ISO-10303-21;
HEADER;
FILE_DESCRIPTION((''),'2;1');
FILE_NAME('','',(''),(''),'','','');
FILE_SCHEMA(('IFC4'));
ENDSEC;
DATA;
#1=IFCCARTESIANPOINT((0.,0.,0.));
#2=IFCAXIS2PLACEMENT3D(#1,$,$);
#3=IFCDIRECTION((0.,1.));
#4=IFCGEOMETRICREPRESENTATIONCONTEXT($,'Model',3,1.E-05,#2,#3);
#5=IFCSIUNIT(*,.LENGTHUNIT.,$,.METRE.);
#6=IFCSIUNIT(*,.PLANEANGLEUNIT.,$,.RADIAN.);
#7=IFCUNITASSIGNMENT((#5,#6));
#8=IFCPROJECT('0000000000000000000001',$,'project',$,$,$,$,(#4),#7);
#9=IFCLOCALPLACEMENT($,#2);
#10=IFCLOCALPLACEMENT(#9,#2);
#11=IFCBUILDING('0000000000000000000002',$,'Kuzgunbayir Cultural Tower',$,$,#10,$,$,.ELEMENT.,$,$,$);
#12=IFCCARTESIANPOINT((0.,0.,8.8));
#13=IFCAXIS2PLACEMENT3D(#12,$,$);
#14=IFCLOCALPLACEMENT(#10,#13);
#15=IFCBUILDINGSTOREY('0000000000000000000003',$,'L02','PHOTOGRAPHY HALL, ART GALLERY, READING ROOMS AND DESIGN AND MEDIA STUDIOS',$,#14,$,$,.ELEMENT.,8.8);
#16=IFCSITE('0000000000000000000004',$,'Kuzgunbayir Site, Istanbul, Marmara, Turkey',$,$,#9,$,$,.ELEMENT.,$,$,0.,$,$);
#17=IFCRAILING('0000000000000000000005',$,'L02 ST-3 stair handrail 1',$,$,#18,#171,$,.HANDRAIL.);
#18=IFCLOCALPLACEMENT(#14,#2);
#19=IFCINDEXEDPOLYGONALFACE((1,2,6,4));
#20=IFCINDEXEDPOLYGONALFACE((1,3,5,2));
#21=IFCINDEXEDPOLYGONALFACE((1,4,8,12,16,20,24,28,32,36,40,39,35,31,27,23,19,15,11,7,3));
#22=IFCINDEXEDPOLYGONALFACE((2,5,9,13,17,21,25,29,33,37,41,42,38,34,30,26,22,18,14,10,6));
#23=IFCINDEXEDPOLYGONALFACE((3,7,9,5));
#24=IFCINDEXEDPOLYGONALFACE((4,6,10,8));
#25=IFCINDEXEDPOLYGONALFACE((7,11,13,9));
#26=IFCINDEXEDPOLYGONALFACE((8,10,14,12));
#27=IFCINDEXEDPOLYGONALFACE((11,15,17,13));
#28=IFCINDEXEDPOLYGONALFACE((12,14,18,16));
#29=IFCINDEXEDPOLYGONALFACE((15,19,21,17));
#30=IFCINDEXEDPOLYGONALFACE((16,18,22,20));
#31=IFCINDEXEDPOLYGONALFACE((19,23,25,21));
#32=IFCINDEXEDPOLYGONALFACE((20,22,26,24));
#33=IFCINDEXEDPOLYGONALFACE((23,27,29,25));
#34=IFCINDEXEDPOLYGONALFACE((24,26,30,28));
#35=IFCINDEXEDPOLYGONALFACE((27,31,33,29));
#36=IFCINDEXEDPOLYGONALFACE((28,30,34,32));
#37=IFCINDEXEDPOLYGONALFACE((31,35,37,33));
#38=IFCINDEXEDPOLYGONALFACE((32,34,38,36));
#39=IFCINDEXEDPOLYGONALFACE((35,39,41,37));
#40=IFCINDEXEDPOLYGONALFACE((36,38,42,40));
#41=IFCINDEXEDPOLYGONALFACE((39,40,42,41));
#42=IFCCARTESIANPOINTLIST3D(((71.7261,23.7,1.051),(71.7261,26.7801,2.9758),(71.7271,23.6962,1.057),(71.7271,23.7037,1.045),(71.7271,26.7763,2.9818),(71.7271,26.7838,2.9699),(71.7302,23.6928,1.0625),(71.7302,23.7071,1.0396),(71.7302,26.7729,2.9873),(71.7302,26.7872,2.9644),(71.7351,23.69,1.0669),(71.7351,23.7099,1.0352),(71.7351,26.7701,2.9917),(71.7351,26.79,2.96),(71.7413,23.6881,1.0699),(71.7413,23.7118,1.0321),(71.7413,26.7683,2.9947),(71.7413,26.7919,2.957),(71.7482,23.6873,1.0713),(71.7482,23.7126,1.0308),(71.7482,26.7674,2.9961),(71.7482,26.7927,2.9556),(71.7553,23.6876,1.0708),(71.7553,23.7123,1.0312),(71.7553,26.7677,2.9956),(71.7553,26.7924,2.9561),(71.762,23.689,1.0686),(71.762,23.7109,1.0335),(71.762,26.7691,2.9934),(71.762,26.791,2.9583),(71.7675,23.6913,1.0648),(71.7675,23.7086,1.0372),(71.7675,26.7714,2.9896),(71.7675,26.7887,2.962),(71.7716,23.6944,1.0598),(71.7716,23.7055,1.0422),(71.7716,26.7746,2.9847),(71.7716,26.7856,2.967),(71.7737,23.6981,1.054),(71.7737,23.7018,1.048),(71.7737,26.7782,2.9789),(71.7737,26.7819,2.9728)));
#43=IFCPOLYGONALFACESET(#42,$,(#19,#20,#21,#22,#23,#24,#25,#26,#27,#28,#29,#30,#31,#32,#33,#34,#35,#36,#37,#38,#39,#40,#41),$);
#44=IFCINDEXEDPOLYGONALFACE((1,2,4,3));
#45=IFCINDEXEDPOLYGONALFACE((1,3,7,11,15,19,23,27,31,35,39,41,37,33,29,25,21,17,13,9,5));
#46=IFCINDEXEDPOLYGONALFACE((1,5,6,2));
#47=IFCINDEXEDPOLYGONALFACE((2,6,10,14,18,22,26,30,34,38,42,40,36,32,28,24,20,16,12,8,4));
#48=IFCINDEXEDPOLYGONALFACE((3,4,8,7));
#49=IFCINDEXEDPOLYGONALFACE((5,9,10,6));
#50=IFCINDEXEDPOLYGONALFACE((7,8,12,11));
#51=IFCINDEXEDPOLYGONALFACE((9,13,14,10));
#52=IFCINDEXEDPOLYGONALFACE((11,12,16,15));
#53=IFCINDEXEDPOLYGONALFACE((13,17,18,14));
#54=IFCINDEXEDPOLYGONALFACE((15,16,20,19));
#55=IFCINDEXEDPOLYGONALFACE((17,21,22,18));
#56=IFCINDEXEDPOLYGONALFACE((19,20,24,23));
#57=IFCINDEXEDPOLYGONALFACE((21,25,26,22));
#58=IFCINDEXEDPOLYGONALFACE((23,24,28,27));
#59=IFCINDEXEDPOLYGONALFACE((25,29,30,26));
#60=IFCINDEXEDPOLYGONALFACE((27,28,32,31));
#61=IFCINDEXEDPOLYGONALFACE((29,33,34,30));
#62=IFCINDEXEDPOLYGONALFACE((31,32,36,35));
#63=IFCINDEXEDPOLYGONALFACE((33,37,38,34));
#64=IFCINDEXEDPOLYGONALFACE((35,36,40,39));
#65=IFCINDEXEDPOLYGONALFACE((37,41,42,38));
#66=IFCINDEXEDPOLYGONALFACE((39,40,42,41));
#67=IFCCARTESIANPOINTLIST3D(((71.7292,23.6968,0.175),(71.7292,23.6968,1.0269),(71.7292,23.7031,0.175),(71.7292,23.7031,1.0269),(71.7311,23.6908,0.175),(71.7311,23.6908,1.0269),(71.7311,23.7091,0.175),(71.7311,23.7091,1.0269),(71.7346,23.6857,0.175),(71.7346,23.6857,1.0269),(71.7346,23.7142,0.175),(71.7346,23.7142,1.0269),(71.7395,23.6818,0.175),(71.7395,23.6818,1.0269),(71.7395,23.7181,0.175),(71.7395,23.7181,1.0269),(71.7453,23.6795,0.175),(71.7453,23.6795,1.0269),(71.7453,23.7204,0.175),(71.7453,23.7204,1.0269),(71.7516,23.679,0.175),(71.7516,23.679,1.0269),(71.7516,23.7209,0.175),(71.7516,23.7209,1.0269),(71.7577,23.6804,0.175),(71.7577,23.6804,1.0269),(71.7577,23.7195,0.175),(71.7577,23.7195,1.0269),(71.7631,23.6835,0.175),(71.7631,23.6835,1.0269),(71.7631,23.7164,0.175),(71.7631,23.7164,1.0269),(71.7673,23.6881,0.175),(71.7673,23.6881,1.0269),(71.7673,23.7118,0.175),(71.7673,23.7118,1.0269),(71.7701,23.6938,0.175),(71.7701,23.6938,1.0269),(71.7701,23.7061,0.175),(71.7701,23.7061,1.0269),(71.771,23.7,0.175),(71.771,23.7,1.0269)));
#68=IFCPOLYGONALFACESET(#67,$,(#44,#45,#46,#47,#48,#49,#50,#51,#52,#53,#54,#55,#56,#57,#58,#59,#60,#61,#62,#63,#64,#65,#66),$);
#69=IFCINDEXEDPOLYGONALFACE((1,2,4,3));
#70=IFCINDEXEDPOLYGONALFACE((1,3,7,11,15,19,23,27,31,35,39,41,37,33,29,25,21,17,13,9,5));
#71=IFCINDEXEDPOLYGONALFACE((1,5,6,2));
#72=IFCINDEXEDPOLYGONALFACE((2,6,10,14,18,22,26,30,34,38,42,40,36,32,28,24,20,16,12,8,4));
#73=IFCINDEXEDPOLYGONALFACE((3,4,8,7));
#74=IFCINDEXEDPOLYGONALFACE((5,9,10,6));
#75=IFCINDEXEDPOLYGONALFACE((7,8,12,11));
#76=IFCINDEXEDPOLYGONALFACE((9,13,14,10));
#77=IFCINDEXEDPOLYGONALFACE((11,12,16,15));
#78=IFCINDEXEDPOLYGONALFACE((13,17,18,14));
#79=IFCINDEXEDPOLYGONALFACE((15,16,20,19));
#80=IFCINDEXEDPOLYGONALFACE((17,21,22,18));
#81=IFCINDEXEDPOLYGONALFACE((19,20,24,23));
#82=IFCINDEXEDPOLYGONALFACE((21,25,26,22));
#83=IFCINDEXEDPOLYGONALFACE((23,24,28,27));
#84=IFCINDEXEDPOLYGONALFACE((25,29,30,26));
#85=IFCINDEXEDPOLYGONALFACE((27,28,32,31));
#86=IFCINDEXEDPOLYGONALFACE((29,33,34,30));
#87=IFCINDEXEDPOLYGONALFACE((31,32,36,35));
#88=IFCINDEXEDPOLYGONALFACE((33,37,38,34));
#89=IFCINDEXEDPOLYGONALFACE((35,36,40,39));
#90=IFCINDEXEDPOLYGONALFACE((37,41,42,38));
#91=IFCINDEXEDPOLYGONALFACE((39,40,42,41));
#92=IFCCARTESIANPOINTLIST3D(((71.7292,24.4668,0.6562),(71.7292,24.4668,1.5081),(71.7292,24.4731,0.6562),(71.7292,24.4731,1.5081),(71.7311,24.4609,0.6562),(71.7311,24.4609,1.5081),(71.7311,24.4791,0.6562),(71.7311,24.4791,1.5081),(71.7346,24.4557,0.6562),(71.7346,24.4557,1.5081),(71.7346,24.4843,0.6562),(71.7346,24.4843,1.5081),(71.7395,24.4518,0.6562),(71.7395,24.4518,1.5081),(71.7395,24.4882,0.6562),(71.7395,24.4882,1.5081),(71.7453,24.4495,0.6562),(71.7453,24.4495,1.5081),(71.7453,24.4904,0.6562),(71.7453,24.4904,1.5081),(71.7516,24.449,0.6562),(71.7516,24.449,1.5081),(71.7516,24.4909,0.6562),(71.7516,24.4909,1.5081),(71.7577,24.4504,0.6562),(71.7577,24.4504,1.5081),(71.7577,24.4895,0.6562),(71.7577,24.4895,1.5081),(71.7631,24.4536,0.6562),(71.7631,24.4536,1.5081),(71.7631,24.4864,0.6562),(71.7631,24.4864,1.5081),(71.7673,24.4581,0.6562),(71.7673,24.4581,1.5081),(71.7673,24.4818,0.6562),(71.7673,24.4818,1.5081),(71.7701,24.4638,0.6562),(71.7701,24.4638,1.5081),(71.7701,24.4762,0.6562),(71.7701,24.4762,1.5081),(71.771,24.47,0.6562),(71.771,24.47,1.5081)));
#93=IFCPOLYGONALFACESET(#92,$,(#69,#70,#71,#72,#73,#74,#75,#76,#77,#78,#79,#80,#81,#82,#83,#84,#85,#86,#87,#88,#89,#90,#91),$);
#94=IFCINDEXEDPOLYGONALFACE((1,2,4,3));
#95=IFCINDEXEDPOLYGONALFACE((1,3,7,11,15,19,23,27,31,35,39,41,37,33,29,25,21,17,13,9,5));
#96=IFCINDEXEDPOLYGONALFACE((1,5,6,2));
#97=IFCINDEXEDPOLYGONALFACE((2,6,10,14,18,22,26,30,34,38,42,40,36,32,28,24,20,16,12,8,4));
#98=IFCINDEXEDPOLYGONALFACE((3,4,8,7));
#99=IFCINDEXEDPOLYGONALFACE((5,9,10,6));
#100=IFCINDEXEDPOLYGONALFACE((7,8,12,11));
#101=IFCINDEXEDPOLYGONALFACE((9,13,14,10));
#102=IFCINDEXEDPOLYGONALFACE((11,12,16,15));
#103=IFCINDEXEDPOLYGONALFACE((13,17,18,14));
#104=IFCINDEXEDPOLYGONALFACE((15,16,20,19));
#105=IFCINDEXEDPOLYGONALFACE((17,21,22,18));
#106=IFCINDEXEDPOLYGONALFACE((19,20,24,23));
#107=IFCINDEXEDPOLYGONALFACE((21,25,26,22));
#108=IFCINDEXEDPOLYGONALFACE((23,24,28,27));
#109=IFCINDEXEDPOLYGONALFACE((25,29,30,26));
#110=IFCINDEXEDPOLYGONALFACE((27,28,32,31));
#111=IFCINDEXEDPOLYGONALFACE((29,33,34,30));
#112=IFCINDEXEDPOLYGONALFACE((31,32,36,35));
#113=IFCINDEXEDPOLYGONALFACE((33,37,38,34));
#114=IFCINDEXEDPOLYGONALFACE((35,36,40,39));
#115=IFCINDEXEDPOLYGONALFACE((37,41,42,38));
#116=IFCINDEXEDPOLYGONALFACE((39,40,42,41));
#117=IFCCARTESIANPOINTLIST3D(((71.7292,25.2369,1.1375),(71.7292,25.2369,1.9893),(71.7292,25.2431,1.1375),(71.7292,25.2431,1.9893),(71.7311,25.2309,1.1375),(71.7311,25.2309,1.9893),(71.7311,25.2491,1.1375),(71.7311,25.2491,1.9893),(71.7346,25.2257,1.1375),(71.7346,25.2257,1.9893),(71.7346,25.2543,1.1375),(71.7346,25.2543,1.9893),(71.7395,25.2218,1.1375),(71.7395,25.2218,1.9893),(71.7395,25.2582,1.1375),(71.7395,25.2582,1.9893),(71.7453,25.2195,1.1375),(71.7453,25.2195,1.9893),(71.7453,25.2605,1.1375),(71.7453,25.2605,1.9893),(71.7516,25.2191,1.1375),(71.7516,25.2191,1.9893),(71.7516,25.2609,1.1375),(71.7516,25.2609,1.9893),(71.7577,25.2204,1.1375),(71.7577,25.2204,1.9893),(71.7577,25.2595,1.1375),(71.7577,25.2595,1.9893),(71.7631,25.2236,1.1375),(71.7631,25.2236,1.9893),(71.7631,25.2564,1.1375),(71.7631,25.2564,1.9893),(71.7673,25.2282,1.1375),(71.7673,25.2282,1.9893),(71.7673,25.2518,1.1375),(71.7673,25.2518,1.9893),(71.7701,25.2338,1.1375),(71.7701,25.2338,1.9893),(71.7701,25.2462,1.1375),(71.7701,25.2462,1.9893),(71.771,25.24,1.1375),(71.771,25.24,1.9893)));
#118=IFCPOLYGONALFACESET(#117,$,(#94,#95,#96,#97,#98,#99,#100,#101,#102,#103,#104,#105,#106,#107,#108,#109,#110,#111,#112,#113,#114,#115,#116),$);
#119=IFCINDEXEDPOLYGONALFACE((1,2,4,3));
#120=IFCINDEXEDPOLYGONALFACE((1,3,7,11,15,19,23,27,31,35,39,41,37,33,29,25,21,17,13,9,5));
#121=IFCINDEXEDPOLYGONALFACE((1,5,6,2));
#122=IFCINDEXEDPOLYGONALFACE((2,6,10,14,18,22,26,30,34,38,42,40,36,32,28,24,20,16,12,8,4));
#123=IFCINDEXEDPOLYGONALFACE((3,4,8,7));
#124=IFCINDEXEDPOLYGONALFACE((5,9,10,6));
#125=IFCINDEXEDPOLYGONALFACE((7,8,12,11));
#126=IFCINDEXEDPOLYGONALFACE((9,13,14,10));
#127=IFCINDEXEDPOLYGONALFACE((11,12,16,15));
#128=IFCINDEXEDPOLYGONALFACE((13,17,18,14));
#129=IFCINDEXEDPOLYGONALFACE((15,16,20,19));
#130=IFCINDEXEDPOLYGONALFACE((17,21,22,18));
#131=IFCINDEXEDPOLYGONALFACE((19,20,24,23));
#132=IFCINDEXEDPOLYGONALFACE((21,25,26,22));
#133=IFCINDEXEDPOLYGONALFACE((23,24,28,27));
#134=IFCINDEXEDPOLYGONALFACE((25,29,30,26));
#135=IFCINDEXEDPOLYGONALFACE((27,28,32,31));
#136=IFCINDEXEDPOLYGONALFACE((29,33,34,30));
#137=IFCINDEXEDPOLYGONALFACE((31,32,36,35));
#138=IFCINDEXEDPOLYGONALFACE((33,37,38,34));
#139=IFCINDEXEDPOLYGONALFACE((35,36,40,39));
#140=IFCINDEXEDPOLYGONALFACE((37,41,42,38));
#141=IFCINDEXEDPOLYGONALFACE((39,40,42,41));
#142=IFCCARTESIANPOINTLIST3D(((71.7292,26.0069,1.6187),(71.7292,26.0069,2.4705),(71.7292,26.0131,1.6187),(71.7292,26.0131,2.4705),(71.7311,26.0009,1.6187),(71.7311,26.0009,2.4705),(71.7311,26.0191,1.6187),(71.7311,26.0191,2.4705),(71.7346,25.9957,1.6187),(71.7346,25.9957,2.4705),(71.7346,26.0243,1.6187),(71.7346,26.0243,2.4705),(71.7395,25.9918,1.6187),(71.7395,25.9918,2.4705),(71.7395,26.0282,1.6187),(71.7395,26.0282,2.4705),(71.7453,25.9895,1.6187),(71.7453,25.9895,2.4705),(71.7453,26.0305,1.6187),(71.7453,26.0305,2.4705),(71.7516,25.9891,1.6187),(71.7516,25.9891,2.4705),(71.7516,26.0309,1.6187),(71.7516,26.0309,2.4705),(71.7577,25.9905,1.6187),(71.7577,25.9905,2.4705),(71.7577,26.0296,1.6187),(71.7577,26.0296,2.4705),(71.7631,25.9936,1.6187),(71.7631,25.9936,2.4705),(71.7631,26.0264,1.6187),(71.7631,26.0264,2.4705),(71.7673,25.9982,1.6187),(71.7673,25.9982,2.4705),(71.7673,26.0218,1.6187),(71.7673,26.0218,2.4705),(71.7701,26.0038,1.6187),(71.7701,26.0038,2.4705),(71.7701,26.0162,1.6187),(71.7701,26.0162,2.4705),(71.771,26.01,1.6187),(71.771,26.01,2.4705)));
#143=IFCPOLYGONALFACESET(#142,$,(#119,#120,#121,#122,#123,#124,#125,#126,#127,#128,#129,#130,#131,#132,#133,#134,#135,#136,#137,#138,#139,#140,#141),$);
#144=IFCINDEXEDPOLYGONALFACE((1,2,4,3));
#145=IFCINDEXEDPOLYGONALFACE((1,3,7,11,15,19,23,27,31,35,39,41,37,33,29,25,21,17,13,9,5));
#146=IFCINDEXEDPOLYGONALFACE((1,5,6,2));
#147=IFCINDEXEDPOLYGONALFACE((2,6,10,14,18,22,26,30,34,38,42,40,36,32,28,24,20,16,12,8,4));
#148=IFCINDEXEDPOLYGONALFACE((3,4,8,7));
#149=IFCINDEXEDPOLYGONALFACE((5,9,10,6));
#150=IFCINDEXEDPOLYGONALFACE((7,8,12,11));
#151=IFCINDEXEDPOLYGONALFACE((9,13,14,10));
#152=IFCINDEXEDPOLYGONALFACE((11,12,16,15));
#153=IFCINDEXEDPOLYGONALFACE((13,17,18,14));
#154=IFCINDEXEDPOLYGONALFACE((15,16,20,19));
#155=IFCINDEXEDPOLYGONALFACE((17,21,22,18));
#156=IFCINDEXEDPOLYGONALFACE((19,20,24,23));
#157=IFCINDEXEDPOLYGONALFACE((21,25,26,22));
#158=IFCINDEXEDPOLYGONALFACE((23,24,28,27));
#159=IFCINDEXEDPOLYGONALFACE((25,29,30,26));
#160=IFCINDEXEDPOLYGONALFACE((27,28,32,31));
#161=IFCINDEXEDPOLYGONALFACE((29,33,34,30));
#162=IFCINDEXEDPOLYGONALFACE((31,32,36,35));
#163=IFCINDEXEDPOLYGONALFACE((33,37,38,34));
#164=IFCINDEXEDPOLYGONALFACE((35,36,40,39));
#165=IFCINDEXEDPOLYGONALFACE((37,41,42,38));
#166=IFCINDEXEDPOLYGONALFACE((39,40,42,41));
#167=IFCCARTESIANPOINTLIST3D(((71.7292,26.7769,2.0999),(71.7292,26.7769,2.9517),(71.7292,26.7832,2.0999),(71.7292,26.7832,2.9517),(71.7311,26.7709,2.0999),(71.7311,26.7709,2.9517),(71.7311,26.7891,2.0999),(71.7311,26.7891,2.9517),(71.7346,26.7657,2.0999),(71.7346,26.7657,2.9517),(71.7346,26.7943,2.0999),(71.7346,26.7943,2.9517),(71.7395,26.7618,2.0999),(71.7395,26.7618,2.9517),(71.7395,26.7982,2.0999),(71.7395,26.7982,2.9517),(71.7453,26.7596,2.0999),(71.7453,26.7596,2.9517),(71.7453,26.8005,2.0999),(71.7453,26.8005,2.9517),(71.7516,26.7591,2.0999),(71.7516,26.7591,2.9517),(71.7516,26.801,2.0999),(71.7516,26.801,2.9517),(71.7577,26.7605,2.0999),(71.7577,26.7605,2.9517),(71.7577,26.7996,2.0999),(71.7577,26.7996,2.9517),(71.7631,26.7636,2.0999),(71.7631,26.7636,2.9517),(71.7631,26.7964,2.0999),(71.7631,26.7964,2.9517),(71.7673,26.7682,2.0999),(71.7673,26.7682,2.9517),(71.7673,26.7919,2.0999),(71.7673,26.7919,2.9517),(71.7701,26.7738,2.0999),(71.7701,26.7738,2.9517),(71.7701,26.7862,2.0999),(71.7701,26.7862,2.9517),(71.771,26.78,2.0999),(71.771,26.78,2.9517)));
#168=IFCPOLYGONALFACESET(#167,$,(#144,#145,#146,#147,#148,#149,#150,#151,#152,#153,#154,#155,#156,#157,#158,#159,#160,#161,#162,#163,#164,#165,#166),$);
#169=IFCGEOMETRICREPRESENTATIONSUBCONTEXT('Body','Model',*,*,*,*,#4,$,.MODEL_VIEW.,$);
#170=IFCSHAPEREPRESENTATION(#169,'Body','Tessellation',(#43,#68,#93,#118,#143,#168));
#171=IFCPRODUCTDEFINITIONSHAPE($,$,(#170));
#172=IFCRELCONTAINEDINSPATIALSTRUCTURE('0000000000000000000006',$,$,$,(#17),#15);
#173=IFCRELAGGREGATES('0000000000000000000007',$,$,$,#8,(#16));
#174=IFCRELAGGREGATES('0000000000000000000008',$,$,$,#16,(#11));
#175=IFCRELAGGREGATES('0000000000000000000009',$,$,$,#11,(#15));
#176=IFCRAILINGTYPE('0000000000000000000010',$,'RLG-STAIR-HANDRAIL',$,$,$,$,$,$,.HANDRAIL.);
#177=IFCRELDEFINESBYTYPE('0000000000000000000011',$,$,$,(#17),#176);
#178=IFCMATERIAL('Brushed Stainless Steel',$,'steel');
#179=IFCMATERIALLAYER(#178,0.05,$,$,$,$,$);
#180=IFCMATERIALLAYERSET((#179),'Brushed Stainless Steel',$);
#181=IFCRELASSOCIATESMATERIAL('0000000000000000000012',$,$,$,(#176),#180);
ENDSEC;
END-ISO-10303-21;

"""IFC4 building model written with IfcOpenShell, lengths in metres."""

from ifc_helpers import new_model, si_unit, direction, frame, origin, origin_2d, place, context, subcontext, project, spatial, circle, extrude, material, layer, layer_set, type_object, element, save


model = new_model("IFC4")

# Units and contexts
model_context = context("Model", 3, precision=1e-05, world=origin(), true_north=direction((0.0, 1.0)))
body_context = subcontext(model_context, "Body", "Model", "MODEL_VIEW")
ifc_project = project(units=[si_unit("LENGTHUNIT", "METRE"), si_unit("PLANEANGLEUNIT", "RADIAN")], contexts=[model_context])

# Site, building, storey
site_placement = place(None, origin())
site = spatial("IfcSite", under=ifc_project, at=site_placement, Name="Kuzgunbayir Site, Istanbul, Marmara, Turkey", CompositionType="ELEMENT", RefElevation=0.0)
building_placement = place(site_placement, origin())
building = spatial("IfcBuilding", under=site, at=building_placement, Name="Kuzgunbayir Cultural Tower", CompositionType="ELEMENT")
storey_placement = place(building_placement, frame((0.0, 0.0, 8.8)))
storey = spatial("IfcBuildingStorey", under=building, at=storey_placement, Name="L02", Description="PHOTOGRAPHY HALL, ART GALLERY, READING ROOMS AND DESIGN AND MEDIA STUDIOS", CompositionType="ELEMENT", Elevation=8.8)

# Shared definitions
ifc_material_1 = material(Name="Brushed Stainless Steel", Category="steel")

# Railing
ifc_layer_1 = layer(ifc_material_1, 0.05)
ifc_layer_set_1 = layer_set([ifc_layer_1], Name="Brushed Stainless Steel")
railing_type_1 = type_object("IfcRailingType", Name="RLG-STAIR-HANDRAIL", PredefinedType="HANDRAIL", material=ifc_layer_set_1)
railing_1_placement = place(storey_placement, frame((71.75, 23.7, 0.175)))
element("IfcRailing", 1, at=railing_1_placement, inside=storey, type_object=railing_type_1, Name="L02 ST-3 stair handrail 1", PredefinedType="HANDRAIL", context=body_context, shape_type="SweptSolid", body=[
    extrude(circle(Radius=0.0239, at=origin_2d()), frame((0.0, 0.0, 0.876), z_axis=(0.0, 0.848029, 0.529951), x_axis=(-1.0, 0.0, 0.0)), (0.0, 0.0, 1.0), 3.6321),
    extrude(circle(Radius=0.021, at=origin_2d()), origin(), (0.0, 0.0, 1.0), 0.8518),
    extrude(circle(Radius=0.021, at=origin_2d()), frame((0.0, 0.77, 0.4812)), (0.0, 0.0, 1.0), 0.8518),
    extrude(circle(Radius=0.021, at=origin_2d()), frame((0.0, 1.54, 0.9624)), (0.0, 0.0, 1.0), 0.8518),
    extrude(circle(Radius=0.021, at=origin_2d()), frame((0.0, 2.3101, 1.4436)), (0.0, 0.0, 1.0), 0.8518),
    extrude(circle(Radius=0.021, at=origin_2d()), frame((0.0, 3.0801, 1.9248)), (0.0, 0.0, 1.0), 0.8518),
])

save(model, "model.ifc")
